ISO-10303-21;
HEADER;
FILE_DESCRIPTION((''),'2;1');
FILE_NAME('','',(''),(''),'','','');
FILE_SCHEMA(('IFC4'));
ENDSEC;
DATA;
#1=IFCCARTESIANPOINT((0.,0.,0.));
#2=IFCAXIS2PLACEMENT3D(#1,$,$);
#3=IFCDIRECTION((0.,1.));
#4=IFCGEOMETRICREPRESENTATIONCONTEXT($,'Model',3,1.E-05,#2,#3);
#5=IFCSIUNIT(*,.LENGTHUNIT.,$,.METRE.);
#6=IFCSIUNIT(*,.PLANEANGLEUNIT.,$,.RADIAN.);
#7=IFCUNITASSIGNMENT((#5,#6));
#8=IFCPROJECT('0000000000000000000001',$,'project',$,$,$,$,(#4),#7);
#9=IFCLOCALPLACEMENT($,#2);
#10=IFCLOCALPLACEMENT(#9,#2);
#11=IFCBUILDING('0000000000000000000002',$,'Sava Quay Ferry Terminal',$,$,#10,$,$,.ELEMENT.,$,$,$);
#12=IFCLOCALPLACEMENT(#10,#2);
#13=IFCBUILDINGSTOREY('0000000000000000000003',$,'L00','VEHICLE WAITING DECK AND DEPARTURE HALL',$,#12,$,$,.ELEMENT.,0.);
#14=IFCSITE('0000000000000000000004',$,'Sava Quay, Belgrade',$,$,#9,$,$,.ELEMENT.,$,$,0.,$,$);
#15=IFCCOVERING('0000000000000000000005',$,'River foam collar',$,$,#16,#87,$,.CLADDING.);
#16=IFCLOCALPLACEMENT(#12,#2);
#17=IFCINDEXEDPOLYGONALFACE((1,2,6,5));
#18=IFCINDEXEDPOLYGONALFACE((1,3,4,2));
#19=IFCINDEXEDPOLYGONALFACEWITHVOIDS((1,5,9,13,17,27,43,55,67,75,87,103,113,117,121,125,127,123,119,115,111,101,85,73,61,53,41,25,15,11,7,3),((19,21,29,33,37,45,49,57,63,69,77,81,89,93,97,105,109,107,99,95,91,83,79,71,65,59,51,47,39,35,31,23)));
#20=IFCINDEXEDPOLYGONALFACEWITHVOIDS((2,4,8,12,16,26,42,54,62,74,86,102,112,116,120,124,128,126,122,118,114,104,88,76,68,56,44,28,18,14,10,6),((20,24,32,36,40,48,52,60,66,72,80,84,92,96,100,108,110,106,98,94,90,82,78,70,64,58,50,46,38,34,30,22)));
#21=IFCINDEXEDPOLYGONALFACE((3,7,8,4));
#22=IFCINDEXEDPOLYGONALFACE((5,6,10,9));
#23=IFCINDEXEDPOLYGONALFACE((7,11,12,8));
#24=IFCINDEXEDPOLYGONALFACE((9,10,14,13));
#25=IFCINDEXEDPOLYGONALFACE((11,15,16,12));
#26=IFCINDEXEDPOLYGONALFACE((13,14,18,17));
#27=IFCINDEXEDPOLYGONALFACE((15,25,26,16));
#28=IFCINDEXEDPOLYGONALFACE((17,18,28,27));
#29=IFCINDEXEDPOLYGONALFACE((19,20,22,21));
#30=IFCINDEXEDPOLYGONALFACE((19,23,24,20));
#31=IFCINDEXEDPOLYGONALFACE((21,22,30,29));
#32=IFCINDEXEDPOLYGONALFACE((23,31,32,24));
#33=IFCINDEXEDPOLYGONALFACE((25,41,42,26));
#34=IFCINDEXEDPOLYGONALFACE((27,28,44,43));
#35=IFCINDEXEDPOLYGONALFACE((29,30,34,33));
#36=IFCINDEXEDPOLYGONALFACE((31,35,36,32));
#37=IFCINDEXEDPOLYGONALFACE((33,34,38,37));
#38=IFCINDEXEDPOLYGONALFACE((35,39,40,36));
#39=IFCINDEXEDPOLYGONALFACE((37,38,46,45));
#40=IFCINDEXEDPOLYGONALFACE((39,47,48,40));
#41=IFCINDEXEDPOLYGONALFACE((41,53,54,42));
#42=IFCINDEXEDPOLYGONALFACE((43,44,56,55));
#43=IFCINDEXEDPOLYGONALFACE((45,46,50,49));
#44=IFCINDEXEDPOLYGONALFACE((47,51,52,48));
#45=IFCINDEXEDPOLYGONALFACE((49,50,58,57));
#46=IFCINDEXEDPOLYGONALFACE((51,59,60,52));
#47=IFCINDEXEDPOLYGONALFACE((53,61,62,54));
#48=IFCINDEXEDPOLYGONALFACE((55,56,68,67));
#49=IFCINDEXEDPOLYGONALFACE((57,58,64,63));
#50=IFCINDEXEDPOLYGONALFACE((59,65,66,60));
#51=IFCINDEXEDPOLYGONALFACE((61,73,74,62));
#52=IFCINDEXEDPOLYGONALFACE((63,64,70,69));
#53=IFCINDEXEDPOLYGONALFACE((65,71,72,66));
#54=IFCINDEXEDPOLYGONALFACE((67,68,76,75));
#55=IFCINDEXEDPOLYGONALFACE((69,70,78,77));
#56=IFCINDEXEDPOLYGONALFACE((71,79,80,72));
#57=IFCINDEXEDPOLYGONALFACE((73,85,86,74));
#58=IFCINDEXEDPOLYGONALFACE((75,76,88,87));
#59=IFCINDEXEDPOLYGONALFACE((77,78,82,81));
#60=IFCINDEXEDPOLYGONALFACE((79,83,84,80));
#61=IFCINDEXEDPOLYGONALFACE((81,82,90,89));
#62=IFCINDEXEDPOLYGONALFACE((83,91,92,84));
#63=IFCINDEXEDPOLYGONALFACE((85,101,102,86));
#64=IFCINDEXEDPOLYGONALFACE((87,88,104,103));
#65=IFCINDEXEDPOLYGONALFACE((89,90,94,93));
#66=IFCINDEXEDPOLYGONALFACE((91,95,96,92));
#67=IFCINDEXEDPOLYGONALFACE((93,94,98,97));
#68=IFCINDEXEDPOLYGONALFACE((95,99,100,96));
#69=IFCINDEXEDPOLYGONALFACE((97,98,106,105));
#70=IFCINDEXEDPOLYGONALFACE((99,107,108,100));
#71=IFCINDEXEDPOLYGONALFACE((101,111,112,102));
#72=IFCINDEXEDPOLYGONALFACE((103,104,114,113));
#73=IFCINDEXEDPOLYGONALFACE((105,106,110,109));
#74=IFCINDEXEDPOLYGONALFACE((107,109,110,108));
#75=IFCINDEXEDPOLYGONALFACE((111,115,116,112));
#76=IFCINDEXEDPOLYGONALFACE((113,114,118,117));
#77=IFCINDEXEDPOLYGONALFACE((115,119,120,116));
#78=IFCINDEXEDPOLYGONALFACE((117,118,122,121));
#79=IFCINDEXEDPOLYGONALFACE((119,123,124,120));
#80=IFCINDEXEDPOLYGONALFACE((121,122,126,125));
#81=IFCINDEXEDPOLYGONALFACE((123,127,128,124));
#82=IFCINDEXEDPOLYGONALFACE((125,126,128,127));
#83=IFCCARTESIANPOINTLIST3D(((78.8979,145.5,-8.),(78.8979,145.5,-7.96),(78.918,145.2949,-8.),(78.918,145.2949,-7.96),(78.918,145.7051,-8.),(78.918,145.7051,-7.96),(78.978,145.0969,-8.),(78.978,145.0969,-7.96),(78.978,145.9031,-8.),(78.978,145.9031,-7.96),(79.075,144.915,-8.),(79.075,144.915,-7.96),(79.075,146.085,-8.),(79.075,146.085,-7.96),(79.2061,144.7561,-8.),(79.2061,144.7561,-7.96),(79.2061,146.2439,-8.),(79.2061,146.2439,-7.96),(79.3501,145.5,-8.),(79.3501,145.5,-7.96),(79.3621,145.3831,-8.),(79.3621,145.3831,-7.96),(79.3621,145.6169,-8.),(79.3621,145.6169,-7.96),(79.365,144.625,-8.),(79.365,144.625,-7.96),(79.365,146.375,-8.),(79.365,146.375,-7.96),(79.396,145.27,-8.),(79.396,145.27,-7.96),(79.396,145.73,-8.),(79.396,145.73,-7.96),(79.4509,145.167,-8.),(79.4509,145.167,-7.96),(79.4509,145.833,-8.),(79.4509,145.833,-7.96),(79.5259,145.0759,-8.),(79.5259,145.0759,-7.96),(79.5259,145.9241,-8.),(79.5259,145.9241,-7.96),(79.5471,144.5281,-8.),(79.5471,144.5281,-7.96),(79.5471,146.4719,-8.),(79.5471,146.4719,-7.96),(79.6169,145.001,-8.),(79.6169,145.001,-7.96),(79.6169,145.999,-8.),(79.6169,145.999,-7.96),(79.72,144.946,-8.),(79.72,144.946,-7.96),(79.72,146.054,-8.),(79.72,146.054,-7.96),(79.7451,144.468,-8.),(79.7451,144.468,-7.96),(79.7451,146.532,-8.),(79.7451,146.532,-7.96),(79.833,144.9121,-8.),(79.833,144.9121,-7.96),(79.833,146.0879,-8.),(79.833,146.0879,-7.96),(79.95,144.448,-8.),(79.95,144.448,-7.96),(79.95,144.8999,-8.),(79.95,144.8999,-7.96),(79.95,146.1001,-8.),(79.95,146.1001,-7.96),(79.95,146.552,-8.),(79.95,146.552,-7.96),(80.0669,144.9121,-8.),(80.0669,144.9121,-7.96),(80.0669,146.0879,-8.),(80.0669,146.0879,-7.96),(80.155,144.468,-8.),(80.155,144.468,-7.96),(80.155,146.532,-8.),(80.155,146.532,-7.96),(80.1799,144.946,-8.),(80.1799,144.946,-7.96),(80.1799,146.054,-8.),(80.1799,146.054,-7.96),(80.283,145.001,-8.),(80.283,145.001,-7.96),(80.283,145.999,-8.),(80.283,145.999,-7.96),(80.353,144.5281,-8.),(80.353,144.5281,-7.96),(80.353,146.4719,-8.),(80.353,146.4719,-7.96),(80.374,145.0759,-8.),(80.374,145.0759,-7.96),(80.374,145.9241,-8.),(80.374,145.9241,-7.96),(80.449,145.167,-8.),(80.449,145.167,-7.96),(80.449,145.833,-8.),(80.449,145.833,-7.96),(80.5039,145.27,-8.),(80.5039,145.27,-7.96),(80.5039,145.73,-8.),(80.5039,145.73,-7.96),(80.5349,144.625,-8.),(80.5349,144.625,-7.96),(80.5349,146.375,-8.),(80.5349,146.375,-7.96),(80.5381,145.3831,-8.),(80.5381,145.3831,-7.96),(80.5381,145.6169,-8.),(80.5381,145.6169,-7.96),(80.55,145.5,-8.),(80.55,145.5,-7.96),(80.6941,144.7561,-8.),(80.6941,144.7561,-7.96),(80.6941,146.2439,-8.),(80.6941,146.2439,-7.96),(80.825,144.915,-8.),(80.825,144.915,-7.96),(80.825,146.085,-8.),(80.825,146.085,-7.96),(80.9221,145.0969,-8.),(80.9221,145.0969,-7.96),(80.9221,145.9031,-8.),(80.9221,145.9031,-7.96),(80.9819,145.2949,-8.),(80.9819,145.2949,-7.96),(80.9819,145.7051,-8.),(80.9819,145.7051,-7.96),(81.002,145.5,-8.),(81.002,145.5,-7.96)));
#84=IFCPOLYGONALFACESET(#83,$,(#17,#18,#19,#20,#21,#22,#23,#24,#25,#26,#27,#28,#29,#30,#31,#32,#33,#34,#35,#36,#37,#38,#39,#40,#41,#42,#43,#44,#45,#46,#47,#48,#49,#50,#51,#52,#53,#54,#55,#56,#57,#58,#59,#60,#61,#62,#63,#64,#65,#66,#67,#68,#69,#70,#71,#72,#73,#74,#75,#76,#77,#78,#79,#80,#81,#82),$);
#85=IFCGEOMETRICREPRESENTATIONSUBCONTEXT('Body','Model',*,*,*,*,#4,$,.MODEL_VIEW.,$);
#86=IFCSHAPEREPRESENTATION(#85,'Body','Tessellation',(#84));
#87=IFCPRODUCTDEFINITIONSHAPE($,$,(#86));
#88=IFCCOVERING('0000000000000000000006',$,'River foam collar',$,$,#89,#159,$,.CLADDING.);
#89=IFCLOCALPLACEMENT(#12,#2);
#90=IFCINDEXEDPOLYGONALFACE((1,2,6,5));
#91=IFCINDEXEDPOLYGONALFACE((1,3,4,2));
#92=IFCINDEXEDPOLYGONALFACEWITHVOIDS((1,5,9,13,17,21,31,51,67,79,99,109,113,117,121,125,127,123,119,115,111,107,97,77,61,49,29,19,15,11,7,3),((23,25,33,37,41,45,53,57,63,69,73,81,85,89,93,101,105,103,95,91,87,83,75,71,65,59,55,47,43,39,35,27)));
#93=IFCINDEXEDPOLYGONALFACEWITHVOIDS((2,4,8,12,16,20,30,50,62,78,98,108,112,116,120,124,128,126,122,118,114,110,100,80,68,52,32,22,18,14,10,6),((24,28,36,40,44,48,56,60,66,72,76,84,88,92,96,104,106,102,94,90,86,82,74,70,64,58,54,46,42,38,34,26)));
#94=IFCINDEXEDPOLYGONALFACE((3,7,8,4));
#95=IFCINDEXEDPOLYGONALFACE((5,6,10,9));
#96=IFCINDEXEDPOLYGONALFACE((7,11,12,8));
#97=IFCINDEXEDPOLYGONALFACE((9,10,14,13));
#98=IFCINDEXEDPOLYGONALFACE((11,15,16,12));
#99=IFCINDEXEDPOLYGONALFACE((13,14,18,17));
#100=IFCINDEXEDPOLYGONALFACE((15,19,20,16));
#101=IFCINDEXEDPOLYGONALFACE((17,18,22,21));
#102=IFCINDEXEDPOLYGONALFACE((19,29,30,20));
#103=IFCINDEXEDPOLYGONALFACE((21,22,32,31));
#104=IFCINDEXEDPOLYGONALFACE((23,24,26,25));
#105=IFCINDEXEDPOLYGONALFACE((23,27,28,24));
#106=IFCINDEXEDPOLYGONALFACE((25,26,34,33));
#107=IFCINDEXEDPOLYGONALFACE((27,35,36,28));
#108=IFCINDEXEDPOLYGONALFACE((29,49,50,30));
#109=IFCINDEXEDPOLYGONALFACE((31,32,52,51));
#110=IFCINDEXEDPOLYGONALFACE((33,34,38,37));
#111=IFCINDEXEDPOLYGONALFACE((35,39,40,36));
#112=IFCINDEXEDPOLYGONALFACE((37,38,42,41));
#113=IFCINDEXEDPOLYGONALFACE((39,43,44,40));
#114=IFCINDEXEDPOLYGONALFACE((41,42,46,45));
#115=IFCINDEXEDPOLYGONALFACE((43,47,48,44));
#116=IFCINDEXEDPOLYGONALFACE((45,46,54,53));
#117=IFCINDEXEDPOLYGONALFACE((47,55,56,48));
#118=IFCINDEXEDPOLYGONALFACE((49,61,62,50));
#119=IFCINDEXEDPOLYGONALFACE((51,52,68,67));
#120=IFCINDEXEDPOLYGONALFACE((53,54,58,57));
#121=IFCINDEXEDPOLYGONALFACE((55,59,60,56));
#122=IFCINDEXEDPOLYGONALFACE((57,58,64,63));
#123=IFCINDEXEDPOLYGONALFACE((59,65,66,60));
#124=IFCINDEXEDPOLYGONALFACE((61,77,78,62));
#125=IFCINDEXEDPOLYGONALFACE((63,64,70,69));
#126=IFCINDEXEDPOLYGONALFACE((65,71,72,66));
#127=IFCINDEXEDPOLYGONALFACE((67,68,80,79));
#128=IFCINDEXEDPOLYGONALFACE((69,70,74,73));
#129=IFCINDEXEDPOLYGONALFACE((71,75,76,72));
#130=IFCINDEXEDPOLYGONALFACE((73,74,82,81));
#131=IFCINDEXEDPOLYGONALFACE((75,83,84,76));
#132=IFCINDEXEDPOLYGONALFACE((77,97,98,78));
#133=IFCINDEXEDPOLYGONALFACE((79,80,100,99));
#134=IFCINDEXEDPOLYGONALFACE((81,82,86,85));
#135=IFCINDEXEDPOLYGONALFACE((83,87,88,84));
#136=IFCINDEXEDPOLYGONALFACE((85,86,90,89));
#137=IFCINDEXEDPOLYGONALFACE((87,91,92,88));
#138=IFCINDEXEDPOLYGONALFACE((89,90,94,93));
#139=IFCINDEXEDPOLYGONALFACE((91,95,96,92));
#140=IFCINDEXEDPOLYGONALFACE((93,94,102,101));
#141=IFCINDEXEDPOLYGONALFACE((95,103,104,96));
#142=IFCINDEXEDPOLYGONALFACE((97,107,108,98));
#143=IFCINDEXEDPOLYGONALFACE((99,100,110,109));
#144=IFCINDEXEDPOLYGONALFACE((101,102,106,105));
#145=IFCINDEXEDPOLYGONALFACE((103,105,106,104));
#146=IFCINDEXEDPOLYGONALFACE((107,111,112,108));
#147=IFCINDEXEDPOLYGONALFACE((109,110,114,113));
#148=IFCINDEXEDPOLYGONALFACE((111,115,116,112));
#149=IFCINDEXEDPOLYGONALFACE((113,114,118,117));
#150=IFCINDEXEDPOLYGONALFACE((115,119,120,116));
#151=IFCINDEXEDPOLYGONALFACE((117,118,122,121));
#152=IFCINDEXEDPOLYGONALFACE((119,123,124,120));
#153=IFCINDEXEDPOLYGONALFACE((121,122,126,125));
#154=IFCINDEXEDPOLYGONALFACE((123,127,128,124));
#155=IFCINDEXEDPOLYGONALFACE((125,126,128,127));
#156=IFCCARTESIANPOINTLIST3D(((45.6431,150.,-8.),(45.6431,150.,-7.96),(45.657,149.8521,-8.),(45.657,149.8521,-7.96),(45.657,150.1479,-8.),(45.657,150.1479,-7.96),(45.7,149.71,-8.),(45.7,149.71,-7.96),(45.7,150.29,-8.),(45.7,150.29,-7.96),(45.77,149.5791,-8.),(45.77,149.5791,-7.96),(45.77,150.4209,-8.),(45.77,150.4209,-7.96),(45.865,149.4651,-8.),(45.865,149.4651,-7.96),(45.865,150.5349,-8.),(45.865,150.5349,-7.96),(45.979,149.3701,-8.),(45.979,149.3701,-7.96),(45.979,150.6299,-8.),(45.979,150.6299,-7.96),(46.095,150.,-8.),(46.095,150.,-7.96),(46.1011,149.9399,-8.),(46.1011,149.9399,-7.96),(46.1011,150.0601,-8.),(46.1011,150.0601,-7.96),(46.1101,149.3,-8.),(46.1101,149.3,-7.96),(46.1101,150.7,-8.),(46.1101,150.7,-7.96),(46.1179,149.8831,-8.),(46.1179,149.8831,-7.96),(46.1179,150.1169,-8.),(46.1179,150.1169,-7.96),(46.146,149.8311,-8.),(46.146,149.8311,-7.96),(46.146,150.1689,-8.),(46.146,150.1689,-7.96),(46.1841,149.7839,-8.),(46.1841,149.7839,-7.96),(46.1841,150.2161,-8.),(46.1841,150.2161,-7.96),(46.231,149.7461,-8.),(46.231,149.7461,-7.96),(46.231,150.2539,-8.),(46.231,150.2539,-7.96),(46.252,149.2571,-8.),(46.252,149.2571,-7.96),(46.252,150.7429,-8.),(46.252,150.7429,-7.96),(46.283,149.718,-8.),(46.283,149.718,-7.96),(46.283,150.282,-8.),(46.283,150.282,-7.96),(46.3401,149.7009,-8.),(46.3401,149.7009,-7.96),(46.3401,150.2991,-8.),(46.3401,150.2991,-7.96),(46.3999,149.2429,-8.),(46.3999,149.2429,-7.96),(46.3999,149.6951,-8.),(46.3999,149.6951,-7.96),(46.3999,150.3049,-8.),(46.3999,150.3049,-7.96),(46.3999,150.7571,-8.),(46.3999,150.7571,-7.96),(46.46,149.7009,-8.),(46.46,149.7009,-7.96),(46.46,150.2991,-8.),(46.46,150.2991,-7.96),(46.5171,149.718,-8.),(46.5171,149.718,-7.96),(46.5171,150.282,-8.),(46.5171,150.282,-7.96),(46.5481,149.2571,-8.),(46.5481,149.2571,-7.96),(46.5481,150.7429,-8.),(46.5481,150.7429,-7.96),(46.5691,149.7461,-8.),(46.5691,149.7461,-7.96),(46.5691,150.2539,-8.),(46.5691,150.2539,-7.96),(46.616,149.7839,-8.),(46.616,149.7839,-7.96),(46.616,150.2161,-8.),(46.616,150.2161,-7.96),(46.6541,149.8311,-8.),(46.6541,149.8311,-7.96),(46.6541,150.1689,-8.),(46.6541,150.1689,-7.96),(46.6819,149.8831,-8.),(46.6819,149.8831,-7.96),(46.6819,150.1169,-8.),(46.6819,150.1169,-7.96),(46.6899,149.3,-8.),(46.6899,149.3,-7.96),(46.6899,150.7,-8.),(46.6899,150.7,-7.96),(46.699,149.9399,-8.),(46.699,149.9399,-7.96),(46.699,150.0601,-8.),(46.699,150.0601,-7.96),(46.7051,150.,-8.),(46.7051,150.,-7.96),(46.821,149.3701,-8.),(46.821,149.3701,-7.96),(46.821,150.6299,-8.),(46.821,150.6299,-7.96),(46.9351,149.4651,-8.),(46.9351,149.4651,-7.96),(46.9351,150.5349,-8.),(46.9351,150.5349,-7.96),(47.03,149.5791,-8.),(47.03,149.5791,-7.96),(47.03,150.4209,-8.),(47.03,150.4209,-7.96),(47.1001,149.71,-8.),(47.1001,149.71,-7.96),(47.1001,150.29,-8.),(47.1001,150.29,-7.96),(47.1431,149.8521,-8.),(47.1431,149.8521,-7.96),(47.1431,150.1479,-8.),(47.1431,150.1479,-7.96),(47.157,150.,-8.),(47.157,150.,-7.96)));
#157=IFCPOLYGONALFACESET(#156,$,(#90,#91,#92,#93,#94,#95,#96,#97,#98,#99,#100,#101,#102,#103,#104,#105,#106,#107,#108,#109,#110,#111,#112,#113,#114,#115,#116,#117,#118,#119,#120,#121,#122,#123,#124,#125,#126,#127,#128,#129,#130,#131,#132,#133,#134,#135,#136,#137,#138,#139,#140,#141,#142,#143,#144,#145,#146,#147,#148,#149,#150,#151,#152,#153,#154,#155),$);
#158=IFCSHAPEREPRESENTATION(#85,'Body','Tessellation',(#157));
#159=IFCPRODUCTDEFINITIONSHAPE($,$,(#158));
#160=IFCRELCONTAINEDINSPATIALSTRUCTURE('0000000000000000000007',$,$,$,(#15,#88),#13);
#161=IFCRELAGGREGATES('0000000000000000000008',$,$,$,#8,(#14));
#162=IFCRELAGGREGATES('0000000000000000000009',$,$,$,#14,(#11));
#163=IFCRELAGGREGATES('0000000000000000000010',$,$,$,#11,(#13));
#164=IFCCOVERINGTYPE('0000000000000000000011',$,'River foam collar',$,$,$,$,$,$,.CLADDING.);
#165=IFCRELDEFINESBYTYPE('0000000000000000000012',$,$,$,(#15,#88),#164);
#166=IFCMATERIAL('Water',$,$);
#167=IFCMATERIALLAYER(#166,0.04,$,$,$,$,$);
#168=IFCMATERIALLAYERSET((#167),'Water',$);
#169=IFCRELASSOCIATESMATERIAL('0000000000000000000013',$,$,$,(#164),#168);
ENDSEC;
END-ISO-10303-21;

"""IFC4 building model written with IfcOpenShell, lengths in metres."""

from ifc_helpers import new_model, si_unit, direction, frame, origin, place, context, subcontext, project, spatial, polyline, outline, extrude, material, layer, layer_set, type_object, element, save


model = new_model("IFC4")

# Units and contexts
model_context = context("Model", 3, precision=1e-05, world=origin(), true_north=direction((0.0, 1.0)))
body_context = subcontext(model_context, "Body", "Model", "MODEL_VIEW")
ifc_project = project(units=[si_unit("LENGTHUNIT", "METRE"), si_unit("PLANEANGLEUNIT", "RADIAN")], contexts=[model_context])

# Site, building, storey
site_placement = place(None, origin())
site = spatial("IfcSite", under=ifc_project, at=site_placement, Name="Sava Quay, Belgrade", CompositionType="ELEMENT", RefElevation=0.0)
building_placement = place(site_placement, origin())
building = spatial("IfcBuilding", under=site, at=building_placement, Name="Sava Quay Ferry Terminal", CompositionType="ELEMENT")
storey_placement = place(building_placement, origin())
storey = spatial("IfcBuildingStorey", under=building, at=storey_placement, Name="L00", Description="VEHICLE WAITING DECK AND DEPARTURE HALL", CompositionType="ELEMENT", Elevation=0.0)

# Coverings
ifc_material_1 = material(Name="Water")
ifc_layer_1 = layer(ifc_material_1, 0.04)
ifc_layer_set_1 = layer_set([ifc_layer_1], Name="Water")
covering_type_1 = type_object("IfcCoveringType", Name="River foam collar", PredefinedType="CLADDING", material=ifc_layer_set_1)
covering_1_placement = place(storey_placement, frame((0.0, 0.0, -8.0)))
element("IfcCovering", 1, at=covering_1_placement, inside=storey, type_object=covering_type_1, Name="River foam collar", PredefinedType="CLADDING", context=body_context, shape_type="SweptSolid", body=[
    extrude(outline(polyline([(79.7451, 146.532), (79.5471, 146.4719), (79.365, 146.375), (79.2061, 146.2439), (79.075, 146.085), (78.978, 145.9031), (78.918, 145.7051), (78.8979, 145.5), (78.918, 145.2949), (78.978, 145.0969), (79.075, 144.915), (79.2061, 144.7561), (79.365, 144.625), (79.5471, 144.5281), (79.7451, 144.468), (79.95, 144.448), (80.155, 144.468), (80.353, 144.5281), (80.5349, 144.625), (80.6941, 144.7561), (80.825, 144.915), (80.9221, 145.0969), (80.9819, 145.2949), (81.002, 145.5), (80.9819, 145.7051), (80.9221, 145.9031), (80.825, 146.085), (80.6941, 146.2439), (80.5349, 146.375), (80.353, 146.4719), (80.155, 146.532), (79.95, 146.552), (79.7451, 146.532)]), holes=[polyline([(79.833, 144.9121), (79.72, 144.946), (79.6169, 145.001), (79.5259, 145.0759), (79.4509, 145.167), (79.396, 145.27), (79.3621, 145.3831), (79.3501, 145.5), (79.3621, 145.6169), (79.396, 145.73), (79.4509, 145.833), (79.5259, 145.9241), (79.6169, 145.999), (79.72, 146.054), (79.833, 146.0879), (79.95, 146.1001), (80.0669, 146.0879), (80.1799, 146.054), (80.283, 145.999), (80.374, 145.9241), (80.449, 145.833), (80.5039, 145.73), (80.5381, 145.6169), (80.55, 145.5), (80.5381, 145.3831), (80.5039, 145.27), (80.449, 145.167), (80.374, 145.0759), (80.283, 145.001), (80.1799, 144.946), (80.0669, 144.9121), (79.95, 144.8999), (79.833, 144.9121)])]), origin(), (0.0, 0.0, 1.0), 0.04),
])
covering_2_placement = place(storey_placement, frame((0.0, 0.0, -8.0)))
element("IfcCovering", 2, at=covering_2_placement, inside=storey, type_object=covering_type_1, Name="River foam collar", PredefinedType="CLADDING", context=body_context, shape_type="SweptSolid", body=[
    extrude(outline(polyline([(46.3999, 150.7571), (46.252, 150.7429), (46.1101, 150.7), (45.979, 150.6299), (45.865, 150.5349), (45.77, 150.4209), (45.7, 150.29), (45.657, 150.1479), (45.6431, 150.0), (45.657, 149.8521), (45.7, 149.71), (45.77, 149.5791), (45.865, 149.4651), (45.979, 149.3701), (46.1101, 149.3), (46.252, 149.2571), (46.3999, 149.2429), (46.5481, 149.2571), (46.6899, 149.3), (46.821, 149.3701), (46.9351, 149.4651), (47.03, 149.5791), (47.1001, 149.71), (47.1431, 149.8521), (47.157, 150.0), (47.1431, 150.1479), (47.1001, 150.29), (47.03, 150.4209), (46.9351, 150.5349), (46.821, 150.6299), (46.6899, 150.7), (46.5481, 150.7429), (46.3999, 150.7571)]), holes=[polyline([(46.3999, 149.6951), (46.3401, 149.7009), (46.283, 149.718), (46.231, 149.7461), (46.1841, 149.7839), (46.146, 149.8311), (46.1179, 149.8831), (46.1011, 149.9399), (46.095, 150.0), (46.1011, 150.0601), (46.1179, 150.1169), (46.146, 150.1689), (46.1841, 150.2161), (46.231, 150.2539), (46.283, 150.282), (46.3401, 150.2991), (46.3999, 150.3049), (46.46, 150.2991), (46.5171, 150.282), (46.5691, 150.2539), (46.616, 150.2161), (46.6541, 150.1689), (46.6819, 150.1169), (46.699, 150.0601), (46.7051, 150.0), (46.699, 149.9399), (46.6819, 149.8831), (46.6541, 149.8311), (46.616, 149.7839), (46.5691, 149.7461), (46.5171, 149.718), (46.46, 149.7009), (46.3999, 149.6951)])]), origin(), (0.0, 0.0, 1.0), 0.04),
])

save(model, "model.ifc")
